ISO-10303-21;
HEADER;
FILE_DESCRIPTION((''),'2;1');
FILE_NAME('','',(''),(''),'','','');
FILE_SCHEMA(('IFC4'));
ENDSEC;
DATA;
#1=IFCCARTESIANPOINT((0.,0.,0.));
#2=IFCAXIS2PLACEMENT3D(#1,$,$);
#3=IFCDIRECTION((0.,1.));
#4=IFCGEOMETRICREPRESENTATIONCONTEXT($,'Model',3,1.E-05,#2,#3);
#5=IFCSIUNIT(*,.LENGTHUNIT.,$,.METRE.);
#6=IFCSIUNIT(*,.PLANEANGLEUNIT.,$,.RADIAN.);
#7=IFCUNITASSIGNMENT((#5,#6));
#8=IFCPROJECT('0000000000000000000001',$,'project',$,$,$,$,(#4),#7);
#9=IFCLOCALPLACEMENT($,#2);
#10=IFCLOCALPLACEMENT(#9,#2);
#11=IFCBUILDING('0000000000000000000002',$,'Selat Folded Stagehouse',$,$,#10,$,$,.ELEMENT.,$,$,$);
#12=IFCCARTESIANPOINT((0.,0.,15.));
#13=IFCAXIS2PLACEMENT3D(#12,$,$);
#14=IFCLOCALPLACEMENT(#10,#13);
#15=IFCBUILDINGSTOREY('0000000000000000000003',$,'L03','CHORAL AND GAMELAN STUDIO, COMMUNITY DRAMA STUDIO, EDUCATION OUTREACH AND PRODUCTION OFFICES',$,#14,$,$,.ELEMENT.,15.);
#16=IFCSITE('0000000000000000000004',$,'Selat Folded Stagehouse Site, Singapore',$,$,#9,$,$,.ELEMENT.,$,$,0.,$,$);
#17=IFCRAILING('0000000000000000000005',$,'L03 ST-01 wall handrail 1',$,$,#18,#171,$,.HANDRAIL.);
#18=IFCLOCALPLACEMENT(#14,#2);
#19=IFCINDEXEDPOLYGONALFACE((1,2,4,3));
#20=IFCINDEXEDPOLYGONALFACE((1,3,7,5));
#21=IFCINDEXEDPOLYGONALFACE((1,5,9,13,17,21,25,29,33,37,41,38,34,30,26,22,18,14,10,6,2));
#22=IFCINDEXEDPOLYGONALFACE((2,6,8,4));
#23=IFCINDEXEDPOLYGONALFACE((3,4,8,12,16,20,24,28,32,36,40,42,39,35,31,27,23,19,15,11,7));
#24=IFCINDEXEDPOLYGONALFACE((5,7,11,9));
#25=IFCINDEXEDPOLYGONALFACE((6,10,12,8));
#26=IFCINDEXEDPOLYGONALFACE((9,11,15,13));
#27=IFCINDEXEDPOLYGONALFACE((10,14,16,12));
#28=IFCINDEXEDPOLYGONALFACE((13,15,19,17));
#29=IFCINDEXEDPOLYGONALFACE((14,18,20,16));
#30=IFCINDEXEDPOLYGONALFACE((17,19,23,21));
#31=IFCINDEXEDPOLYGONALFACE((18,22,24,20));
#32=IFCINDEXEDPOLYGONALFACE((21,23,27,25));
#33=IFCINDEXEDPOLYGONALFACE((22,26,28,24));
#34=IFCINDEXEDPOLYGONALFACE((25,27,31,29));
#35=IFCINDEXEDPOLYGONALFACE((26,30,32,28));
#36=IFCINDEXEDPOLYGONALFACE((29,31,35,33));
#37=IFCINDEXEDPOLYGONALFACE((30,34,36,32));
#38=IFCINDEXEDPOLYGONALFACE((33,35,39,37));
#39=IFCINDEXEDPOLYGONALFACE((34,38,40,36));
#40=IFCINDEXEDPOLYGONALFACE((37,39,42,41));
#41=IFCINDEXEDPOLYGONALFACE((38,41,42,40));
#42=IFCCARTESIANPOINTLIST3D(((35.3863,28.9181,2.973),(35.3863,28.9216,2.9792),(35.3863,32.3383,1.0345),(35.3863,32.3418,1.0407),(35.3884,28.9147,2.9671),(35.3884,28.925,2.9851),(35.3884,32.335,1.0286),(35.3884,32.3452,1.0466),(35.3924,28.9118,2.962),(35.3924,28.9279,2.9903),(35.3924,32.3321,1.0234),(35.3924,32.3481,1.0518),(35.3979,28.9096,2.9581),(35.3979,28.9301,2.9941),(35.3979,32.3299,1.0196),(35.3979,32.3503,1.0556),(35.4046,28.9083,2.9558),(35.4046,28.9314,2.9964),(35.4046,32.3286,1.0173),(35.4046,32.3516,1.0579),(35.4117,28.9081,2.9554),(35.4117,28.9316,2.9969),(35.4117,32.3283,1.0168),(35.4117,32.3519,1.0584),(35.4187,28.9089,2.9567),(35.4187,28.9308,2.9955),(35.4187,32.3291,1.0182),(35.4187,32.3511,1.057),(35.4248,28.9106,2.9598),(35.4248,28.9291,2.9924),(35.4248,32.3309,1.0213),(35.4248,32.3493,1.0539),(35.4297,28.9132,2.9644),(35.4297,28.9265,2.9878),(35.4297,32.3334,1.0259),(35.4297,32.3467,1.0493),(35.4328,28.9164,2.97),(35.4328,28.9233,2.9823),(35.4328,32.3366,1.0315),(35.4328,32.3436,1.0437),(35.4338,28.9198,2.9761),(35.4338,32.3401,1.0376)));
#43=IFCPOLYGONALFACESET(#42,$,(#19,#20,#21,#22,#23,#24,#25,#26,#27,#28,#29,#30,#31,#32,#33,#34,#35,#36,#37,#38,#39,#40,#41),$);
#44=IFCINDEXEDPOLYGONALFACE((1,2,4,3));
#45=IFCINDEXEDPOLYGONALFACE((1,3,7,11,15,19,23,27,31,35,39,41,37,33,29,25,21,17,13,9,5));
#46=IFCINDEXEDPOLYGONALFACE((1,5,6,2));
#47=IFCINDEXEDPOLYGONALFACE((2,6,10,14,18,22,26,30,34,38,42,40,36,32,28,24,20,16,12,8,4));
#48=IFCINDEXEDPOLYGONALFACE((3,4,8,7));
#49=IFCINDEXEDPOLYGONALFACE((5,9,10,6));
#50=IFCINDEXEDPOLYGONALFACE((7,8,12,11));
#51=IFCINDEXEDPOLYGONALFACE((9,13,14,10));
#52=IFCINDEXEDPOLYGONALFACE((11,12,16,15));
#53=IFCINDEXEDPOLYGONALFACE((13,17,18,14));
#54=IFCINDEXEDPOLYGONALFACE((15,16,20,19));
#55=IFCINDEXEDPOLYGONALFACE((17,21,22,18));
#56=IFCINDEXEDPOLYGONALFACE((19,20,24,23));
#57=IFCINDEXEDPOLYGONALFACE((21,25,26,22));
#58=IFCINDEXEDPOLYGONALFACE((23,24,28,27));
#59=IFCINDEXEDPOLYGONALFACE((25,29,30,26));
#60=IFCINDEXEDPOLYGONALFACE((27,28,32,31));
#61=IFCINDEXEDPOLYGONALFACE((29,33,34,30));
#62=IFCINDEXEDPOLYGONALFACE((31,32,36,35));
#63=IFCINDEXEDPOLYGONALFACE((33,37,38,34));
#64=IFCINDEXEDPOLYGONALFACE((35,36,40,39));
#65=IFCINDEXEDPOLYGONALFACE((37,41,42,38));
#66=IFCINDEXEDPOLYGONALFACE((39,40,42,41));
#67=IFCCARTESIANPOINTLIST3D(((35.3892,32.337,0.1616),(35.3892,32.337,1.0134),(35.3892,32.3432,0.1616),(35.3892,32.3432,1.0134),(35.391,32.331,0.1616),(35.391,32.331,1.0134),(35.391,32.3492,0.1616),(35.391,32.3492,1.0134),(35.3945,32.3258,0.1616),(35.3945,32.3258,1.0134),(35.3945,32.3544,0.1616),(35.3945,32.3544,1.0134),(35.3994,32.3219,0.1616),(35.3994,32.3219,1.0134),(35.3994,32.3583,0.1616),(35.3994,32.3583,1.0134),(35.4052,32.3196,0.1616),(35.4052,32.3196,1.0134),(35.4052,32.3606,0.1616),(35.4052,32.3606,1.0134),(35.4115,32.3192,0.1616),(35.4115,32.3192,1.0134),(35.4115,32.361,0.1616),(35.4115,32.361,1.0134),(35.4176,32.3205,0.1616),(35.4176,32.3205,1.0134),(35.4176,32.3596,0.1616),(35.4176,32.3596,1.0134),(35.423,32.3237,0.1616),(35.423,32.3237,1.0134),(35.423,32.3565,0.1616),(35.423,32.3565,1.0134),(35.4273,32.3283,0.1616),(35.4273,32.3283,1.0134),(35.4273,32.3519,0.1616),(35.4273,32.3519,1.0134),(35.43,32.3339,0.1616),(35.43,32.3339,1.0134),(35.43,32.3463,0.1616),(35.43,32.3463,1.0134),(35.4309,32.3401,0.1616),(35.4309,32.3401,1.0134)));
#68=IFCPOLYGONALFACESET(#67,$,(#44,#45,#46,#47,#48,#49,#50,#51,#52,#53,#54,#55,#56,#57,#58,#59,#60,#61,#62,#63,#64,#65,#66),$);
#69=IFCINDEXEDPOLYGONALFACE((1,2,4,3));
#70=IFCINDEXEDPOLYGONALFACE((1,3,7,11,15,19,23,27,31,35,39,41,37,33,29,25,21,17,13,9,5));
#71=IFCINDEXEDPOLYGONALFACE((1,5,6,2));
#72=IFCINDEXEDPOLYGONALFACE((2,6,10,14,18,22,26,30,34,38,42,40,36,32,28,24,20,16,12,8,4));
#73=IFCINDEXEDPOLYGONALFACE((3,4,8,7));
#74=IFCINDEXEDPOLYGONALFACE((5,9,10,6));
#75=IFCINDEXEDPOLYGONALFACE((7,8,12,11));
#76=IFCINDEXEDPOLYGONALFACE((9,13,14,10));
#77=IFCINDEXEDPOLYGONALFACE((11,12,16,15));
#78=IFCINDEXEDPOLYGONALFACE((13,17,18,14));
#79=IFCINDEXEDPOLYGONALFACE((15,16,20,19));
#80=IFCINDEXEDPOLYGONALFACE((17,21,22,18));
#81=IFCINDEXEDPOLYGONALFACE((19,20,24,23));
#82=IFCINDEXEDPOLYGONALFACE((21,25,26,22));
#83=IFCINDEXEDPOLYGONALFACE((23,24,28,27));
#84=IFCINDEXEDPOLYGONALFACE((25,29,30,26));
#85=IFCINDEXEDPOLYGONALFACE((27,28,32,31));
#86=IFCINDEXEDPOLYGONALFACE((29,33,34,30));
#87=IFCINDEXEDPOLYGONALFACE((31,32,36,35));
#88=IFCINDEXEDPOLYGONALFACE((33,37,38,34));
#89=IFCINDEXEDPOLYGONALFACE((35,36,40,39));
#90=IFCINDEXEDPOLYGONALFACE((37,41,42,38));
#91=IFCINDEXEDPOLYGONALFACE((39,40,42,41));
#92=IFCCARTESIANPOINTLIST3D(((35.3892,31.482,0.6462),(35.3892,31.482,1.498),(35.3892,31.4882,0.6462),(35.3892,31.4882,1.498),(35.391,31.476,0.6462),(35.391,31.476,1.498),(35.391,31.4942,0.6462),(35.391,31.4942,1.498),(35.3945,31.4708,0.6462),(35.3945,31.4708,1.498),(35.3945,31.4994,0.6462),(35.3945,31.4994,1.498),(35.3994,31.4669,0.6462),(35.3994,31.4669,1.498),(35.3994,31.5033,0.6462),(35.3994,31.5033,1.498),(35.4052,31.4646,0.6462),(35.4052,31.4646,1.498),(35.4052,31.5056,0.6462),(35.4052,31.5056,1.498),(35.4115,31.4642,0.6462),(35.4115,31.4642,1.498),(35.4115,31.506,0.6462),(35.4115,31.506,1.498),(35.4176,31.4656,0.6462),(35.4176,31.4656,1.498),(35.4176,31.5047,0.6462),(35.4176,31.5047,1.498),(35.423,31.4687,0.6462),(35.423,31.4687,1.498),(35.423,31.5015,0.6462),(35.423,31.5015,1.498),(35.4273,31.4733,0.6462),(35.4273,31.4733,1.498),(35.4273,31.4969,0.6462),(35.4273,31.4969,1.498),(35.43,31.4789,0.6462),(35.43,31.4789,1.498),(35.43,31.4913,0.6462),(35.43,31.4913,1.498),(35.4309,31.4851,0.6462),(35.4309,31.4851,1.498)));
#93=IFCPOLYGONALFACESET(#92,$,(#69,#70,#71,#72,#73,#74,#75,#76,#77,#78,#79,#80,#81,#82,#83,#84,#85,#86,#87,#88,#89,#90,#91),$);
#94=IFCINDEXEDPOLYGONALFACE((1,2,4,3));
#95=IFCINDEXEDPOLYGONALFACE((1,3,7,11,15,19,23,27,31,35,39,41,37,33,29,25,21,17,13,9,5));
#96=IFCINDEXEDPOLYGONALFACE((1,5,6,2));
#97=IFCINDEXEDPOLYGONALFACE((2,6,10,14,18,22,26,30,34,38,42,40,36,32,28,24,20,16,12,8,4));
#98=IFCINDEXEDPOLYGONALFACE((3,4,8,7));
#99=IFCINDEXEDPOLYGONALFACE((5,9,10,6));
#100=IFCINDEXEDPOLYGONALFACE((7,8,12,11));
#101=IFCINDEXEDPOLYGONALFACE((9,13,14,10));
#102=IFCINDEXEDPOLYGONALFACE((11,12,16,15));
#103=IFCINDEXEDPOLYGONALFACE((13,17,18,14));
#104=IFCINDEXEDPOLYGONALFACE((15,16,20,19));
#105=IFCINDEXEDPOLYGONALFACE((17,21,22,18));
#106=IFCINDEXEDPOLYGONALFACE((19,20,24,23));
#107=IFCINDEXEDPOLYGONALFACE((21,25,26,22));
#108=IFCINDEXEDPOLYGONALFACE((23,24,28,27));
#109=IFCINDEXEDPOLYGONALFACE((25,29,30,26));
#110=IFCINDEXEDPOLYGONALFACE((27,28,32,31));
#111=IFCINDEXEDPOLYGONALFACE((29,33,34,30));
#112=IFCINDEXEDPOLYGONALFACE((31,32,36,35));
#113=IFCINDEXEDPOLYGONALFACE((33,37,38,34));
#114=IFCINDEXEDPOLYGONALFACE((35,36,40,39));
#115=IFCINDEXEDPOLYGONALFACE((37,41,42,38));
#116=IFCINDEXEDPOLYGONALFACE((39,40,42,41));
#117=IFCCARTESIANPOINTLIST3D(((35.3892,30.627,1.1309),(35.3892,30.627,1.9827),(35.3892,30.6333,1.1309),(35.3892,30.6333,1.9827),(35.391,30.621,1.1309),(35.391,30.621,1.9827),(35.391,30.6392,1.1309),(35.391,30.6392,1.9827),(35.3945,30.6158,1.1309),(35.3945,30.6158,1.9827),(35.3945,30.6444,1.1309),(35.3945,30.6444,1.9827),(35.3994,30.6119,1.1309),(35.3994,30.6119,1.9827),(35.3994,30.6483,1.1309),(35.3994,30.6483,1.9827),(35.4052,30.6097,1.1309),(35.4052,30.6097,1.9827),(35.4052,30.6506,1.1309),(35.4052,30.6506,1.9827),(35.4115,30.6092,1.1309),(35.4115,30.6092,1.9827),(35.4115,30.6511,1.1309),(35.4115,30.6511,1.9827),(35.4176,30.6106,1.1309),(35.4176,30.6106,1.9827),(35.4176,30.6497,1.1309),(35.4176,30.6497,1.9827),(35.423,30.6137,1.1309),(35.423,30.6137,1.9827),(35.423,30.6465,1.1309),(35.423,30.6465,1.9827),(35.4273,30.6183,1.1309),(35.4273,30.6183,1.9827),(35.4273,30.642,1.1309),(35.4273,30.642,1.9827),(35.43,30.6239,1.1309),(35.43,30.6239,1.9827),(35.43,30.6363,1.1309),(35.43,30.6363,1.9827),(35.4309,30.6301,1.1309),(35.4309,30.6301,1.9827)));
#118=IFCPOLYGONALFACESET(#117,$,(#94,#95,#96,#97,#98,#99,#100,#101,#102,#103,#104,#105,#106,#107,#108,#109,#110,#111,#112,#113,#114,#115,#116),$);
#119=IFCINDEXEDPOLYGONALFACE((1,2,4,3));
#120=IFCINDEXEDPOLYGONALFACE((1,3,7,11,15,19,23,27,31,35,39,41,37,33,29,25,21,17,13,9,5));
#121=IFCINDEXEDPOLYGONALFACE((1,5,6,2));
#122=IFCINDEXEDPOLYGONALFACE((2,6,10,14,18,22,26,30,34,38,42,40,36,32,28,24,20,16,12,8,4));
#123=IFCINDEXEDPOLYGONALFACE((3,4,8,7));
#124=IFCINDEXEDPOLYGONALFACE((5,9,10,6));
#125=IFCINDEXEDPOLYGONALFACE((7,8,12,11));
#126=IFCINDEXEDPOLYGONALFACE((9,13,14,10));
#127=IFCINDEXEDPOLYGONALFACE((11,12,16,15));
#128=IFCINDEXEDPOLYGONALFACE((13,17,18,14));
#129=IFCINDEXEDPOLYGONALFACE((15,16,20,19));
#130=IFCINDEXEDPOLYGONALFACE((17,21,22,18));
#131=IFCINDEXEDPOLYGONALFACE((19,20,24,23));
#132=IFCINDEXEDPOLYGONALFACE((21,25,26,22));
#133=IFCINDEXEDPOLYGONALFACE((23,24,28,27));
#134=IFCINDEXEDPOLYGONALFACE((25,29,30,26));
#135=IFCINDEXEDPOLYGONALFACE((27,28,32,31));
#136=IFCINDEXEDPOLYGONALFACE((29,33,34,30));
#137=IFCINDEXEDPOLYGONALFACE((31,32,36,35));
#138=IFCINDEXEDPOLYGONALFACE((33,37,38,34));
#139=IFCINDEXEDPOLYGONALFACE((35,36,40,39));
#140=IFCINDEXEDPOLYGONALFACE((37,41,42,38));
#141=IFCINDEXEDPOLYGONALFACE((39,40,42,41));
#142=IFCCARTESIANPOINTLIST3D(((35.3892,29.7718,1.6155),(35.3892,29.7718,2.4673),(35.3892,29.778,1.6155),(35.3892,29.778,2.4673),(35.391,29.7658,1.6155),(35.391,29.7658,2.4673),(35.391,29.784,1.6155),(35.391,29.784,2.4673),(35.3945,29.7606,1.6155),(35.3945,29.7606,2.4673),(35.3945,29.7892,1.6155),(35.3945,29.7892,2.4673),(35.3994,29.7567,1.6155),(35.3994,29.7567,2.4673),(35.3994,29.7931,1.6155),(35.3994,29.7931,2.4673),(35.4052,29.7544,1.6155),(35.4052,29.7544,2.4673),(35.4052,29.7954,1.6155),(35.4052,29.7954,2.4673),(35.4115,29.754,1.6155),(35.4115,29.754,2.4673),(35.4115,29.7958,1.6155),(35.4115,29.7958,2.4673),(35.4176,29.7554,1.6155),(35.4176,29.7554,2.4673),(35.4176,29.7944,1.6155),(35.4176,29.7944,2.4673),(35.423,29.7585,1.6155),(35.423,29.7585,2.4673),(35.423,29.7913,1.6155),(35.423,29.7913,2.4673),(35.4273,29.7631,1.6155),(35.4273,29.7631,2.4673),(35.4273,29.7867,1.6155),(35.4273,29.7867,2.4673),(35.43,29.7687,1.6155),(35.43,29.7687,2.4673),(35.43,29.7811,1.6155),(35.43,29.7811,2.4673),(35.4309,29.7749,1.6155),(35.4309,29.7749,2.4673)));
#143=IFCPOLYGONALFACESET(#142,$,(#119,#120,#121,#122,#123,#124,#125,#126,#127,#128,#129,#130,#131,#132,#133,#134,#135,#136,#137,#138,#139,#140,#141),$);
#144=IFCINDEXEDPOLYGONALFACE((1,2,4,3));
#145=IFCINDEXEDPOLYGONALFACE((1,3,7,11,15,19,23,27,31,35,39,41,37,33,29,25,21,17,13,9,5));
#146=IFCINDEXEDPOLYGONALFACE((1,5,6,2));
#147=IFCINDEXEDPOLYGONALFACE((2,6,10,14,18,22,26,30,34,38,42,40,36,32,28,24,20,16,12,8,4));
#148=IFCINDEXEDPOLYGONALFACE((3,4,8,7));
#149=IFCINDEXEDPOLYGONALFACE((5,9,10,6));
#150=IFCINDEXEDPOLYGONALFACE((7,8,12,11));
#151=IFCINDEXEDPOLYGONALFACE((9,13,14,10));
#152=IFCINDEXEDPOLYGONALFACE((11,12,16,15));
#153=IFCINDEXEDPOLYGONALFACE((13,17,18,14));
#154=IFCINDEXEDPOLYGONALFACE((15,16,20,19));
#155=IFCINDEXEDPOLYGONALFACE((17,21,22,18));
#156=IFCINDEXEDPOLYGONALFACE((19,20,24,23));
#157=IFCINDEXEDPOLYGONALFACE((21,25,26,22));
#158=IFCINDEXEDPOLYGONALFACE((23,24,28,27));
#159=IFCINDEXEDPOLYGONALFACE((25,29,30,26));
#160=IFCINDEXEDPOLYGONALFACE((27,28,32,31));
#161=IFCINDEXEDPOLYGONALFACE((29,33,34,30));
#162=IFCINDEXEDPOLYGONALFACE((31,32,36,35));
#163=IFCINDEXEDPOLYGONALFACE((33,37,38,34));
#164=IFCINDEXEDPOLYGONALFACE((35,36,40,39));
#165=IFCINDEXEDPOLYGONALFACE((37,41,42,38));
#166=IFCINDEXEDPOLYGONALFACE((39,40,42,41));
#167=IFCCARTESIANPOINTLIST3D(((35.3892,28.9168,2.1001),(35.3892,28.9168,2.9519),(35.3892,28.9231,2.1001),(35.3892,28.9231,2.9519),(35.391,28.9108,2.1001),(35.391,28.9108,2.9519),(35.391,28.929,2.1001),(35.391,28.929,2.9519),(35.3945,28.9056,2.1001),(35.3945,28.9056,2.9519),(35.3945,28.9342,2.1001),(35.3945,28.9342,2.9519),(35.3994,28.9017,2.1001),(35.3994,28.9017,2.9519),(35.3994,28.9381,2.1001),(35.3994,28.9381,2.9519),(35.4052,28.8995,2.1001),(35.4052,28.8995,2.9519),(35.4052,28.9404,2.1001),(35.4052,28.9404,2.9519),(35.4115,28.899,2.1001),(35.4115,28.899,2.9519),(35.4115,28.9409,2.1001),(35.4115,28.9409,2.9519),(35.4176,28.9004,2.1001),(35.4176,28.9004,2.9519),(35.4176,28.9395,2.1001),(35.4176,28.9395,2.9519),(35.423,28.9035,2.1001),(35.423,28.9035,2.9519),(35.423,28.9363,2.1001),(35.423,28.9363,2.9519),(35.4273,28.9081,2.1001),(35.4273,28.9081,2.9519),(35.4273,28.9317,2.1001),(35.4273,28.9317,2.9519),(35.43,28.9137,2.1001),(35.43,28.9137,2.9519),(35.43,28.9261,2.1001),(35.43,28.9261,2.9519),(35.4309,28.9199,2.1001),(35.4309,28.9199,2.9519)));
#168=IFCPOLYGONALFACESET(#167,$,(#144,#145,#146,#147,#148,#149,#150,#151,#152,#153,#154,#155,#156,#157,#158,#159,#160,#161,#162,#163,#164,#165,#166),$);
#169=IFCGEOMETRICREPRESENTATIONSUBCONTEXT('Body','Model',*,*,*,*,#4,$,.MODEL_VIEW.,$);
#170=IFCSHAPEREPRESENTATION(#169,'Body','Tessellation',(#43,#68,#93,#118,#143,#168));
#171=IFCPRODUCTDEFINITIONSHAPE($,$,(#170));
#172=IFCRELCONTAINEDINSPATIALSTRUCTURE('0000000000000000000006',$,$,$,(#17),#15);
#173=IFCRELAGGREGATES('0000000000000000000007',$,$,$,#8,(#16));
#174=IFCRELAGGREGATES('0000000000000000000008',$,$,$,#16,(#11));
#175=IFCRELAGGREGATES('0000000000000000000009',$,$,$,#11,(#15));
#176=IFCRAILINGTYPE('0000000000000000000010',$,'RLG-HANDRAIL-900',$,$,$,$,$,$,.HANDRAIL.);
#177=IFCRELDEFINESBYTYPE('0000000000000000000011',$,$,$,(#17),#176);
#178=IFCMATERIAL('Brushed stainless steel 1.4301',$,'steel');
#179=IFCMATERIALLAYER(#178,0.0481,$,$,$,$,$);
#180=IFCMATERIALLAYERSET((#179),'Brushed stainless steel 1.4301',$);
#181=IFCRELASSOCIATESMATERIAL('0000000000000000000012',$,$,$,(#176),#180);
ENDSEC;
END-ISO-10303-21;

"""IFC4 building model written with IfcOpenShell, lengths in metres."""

from ifc_helpers import new_model, si_unit, direction, frame, origin, origin_2d, place, context, subcontext, project, spatial, circle, extrude, material, layer, layer_set, type_object, element, save


model = new_model("IFC4")

# Units and contexts
model_context = context("Model", 3, precision=1e-05, world=origin(), true_north=direction((0.0, 1.0)))
body_context = subcontext(model_context, "Body", "Model", "MODEL_VIEW")
ifc_project = project(units=[si_unit("LENGTHUNIT", "METRE"), si_unit("PLANEANGLEUNIT", "RADIAN")], contexts=[model_context])

# Site, building, storey
site_placement = place(None, origin())
site = spatial("IfcSite", under=ifc_project, at=site_placement, Name="Selat Folded Stagehouse Site, Singapore", CompositionType="ELEMENT", RefElevation=0.0)
building_placement = place(site_placement, origin())
building = spatial("IfcBuilding", under=site, at=building_placement, Name="Selat Folded Stagehouse", CompositionType="ELEMENT")
storey_placement = place(building_placement, frame((0.0, 0.0, 15.0)))
storey = spatial("IfcBuildingStorey", under=building, at=storey_placement, Name="L03", Description="CHORAL AND GAMELAN STUDIO, COMMUNITY DRAMA STUDIO, EDUCATION OUTREACH AND PRODUCTION OFFICES", CompositionType="ELEMENT", Elevation=15.0)

# Railing
ifc_material_1 = material(Name="Brushed stainless steel 1.4301", Category="steel")
ifc_layer_1 = layer(ifc_material_1, 0.0481)
ifc_layer_set_1 = layer_set([ifc_layer_1], Name="Brushed stainless steel 1.4301")
railing_type_1 = type_object("IfcRailingType", Name="RLG-HANDRAIL-900", PredefinedType="HANDRAIL", material=ifc_layer_set_1)
railing_1_placement = place(storey_placement, frame((35.4099, 32.3401, 0.1616)))
element("IfcRailing", 1, at=railing_1_placement, inside=storey, type_object=railing_type_1, Name="L03 ST-01 wall handrail 1", PredefinedType="HANDRAIL", context=body_context, shape_type="SweptSolid", body=[
    extrude(circle(Radius=0.0239, at=origin_2d()), frame((0.0, 0.0, 0.876), z_axis=(0.0, -0.86998, 0.493086), x_axis=(1.0, 0.0, 0.0)), (0.0, 0.0, 1.0), 3.9314),
    extrude(circle(Radius=0.021, at=origin_2d()), origin(), (0.0, 0.0, 1.0), 0.8518),
    extrude(circle(Radius=0.021, at=origin_2d()), frame((0.0, -0.855, 0.4846)), (0.0, 0.0, 1.0), 0.8518),
    extrude(circle(Radius=0.021, at=origin_2d()), frame((0.0, -1.71, 0.9692)), (0.0, 0.0, 1.0), 0.8518),
    extrude(circle(Radius=0.021, at=origin_2d()), frame((0.0, -2.5652, 1.4539)), (0.0, 0.0, 1.0), 0.8518),
    extrude(circle(Radius=0.021, at=origin_2d()), frame((0.0, -3.4202, 1.9385)), (0.0, 0.0, 1.0), 0.8518),
])

save(model, "model.ifc")
